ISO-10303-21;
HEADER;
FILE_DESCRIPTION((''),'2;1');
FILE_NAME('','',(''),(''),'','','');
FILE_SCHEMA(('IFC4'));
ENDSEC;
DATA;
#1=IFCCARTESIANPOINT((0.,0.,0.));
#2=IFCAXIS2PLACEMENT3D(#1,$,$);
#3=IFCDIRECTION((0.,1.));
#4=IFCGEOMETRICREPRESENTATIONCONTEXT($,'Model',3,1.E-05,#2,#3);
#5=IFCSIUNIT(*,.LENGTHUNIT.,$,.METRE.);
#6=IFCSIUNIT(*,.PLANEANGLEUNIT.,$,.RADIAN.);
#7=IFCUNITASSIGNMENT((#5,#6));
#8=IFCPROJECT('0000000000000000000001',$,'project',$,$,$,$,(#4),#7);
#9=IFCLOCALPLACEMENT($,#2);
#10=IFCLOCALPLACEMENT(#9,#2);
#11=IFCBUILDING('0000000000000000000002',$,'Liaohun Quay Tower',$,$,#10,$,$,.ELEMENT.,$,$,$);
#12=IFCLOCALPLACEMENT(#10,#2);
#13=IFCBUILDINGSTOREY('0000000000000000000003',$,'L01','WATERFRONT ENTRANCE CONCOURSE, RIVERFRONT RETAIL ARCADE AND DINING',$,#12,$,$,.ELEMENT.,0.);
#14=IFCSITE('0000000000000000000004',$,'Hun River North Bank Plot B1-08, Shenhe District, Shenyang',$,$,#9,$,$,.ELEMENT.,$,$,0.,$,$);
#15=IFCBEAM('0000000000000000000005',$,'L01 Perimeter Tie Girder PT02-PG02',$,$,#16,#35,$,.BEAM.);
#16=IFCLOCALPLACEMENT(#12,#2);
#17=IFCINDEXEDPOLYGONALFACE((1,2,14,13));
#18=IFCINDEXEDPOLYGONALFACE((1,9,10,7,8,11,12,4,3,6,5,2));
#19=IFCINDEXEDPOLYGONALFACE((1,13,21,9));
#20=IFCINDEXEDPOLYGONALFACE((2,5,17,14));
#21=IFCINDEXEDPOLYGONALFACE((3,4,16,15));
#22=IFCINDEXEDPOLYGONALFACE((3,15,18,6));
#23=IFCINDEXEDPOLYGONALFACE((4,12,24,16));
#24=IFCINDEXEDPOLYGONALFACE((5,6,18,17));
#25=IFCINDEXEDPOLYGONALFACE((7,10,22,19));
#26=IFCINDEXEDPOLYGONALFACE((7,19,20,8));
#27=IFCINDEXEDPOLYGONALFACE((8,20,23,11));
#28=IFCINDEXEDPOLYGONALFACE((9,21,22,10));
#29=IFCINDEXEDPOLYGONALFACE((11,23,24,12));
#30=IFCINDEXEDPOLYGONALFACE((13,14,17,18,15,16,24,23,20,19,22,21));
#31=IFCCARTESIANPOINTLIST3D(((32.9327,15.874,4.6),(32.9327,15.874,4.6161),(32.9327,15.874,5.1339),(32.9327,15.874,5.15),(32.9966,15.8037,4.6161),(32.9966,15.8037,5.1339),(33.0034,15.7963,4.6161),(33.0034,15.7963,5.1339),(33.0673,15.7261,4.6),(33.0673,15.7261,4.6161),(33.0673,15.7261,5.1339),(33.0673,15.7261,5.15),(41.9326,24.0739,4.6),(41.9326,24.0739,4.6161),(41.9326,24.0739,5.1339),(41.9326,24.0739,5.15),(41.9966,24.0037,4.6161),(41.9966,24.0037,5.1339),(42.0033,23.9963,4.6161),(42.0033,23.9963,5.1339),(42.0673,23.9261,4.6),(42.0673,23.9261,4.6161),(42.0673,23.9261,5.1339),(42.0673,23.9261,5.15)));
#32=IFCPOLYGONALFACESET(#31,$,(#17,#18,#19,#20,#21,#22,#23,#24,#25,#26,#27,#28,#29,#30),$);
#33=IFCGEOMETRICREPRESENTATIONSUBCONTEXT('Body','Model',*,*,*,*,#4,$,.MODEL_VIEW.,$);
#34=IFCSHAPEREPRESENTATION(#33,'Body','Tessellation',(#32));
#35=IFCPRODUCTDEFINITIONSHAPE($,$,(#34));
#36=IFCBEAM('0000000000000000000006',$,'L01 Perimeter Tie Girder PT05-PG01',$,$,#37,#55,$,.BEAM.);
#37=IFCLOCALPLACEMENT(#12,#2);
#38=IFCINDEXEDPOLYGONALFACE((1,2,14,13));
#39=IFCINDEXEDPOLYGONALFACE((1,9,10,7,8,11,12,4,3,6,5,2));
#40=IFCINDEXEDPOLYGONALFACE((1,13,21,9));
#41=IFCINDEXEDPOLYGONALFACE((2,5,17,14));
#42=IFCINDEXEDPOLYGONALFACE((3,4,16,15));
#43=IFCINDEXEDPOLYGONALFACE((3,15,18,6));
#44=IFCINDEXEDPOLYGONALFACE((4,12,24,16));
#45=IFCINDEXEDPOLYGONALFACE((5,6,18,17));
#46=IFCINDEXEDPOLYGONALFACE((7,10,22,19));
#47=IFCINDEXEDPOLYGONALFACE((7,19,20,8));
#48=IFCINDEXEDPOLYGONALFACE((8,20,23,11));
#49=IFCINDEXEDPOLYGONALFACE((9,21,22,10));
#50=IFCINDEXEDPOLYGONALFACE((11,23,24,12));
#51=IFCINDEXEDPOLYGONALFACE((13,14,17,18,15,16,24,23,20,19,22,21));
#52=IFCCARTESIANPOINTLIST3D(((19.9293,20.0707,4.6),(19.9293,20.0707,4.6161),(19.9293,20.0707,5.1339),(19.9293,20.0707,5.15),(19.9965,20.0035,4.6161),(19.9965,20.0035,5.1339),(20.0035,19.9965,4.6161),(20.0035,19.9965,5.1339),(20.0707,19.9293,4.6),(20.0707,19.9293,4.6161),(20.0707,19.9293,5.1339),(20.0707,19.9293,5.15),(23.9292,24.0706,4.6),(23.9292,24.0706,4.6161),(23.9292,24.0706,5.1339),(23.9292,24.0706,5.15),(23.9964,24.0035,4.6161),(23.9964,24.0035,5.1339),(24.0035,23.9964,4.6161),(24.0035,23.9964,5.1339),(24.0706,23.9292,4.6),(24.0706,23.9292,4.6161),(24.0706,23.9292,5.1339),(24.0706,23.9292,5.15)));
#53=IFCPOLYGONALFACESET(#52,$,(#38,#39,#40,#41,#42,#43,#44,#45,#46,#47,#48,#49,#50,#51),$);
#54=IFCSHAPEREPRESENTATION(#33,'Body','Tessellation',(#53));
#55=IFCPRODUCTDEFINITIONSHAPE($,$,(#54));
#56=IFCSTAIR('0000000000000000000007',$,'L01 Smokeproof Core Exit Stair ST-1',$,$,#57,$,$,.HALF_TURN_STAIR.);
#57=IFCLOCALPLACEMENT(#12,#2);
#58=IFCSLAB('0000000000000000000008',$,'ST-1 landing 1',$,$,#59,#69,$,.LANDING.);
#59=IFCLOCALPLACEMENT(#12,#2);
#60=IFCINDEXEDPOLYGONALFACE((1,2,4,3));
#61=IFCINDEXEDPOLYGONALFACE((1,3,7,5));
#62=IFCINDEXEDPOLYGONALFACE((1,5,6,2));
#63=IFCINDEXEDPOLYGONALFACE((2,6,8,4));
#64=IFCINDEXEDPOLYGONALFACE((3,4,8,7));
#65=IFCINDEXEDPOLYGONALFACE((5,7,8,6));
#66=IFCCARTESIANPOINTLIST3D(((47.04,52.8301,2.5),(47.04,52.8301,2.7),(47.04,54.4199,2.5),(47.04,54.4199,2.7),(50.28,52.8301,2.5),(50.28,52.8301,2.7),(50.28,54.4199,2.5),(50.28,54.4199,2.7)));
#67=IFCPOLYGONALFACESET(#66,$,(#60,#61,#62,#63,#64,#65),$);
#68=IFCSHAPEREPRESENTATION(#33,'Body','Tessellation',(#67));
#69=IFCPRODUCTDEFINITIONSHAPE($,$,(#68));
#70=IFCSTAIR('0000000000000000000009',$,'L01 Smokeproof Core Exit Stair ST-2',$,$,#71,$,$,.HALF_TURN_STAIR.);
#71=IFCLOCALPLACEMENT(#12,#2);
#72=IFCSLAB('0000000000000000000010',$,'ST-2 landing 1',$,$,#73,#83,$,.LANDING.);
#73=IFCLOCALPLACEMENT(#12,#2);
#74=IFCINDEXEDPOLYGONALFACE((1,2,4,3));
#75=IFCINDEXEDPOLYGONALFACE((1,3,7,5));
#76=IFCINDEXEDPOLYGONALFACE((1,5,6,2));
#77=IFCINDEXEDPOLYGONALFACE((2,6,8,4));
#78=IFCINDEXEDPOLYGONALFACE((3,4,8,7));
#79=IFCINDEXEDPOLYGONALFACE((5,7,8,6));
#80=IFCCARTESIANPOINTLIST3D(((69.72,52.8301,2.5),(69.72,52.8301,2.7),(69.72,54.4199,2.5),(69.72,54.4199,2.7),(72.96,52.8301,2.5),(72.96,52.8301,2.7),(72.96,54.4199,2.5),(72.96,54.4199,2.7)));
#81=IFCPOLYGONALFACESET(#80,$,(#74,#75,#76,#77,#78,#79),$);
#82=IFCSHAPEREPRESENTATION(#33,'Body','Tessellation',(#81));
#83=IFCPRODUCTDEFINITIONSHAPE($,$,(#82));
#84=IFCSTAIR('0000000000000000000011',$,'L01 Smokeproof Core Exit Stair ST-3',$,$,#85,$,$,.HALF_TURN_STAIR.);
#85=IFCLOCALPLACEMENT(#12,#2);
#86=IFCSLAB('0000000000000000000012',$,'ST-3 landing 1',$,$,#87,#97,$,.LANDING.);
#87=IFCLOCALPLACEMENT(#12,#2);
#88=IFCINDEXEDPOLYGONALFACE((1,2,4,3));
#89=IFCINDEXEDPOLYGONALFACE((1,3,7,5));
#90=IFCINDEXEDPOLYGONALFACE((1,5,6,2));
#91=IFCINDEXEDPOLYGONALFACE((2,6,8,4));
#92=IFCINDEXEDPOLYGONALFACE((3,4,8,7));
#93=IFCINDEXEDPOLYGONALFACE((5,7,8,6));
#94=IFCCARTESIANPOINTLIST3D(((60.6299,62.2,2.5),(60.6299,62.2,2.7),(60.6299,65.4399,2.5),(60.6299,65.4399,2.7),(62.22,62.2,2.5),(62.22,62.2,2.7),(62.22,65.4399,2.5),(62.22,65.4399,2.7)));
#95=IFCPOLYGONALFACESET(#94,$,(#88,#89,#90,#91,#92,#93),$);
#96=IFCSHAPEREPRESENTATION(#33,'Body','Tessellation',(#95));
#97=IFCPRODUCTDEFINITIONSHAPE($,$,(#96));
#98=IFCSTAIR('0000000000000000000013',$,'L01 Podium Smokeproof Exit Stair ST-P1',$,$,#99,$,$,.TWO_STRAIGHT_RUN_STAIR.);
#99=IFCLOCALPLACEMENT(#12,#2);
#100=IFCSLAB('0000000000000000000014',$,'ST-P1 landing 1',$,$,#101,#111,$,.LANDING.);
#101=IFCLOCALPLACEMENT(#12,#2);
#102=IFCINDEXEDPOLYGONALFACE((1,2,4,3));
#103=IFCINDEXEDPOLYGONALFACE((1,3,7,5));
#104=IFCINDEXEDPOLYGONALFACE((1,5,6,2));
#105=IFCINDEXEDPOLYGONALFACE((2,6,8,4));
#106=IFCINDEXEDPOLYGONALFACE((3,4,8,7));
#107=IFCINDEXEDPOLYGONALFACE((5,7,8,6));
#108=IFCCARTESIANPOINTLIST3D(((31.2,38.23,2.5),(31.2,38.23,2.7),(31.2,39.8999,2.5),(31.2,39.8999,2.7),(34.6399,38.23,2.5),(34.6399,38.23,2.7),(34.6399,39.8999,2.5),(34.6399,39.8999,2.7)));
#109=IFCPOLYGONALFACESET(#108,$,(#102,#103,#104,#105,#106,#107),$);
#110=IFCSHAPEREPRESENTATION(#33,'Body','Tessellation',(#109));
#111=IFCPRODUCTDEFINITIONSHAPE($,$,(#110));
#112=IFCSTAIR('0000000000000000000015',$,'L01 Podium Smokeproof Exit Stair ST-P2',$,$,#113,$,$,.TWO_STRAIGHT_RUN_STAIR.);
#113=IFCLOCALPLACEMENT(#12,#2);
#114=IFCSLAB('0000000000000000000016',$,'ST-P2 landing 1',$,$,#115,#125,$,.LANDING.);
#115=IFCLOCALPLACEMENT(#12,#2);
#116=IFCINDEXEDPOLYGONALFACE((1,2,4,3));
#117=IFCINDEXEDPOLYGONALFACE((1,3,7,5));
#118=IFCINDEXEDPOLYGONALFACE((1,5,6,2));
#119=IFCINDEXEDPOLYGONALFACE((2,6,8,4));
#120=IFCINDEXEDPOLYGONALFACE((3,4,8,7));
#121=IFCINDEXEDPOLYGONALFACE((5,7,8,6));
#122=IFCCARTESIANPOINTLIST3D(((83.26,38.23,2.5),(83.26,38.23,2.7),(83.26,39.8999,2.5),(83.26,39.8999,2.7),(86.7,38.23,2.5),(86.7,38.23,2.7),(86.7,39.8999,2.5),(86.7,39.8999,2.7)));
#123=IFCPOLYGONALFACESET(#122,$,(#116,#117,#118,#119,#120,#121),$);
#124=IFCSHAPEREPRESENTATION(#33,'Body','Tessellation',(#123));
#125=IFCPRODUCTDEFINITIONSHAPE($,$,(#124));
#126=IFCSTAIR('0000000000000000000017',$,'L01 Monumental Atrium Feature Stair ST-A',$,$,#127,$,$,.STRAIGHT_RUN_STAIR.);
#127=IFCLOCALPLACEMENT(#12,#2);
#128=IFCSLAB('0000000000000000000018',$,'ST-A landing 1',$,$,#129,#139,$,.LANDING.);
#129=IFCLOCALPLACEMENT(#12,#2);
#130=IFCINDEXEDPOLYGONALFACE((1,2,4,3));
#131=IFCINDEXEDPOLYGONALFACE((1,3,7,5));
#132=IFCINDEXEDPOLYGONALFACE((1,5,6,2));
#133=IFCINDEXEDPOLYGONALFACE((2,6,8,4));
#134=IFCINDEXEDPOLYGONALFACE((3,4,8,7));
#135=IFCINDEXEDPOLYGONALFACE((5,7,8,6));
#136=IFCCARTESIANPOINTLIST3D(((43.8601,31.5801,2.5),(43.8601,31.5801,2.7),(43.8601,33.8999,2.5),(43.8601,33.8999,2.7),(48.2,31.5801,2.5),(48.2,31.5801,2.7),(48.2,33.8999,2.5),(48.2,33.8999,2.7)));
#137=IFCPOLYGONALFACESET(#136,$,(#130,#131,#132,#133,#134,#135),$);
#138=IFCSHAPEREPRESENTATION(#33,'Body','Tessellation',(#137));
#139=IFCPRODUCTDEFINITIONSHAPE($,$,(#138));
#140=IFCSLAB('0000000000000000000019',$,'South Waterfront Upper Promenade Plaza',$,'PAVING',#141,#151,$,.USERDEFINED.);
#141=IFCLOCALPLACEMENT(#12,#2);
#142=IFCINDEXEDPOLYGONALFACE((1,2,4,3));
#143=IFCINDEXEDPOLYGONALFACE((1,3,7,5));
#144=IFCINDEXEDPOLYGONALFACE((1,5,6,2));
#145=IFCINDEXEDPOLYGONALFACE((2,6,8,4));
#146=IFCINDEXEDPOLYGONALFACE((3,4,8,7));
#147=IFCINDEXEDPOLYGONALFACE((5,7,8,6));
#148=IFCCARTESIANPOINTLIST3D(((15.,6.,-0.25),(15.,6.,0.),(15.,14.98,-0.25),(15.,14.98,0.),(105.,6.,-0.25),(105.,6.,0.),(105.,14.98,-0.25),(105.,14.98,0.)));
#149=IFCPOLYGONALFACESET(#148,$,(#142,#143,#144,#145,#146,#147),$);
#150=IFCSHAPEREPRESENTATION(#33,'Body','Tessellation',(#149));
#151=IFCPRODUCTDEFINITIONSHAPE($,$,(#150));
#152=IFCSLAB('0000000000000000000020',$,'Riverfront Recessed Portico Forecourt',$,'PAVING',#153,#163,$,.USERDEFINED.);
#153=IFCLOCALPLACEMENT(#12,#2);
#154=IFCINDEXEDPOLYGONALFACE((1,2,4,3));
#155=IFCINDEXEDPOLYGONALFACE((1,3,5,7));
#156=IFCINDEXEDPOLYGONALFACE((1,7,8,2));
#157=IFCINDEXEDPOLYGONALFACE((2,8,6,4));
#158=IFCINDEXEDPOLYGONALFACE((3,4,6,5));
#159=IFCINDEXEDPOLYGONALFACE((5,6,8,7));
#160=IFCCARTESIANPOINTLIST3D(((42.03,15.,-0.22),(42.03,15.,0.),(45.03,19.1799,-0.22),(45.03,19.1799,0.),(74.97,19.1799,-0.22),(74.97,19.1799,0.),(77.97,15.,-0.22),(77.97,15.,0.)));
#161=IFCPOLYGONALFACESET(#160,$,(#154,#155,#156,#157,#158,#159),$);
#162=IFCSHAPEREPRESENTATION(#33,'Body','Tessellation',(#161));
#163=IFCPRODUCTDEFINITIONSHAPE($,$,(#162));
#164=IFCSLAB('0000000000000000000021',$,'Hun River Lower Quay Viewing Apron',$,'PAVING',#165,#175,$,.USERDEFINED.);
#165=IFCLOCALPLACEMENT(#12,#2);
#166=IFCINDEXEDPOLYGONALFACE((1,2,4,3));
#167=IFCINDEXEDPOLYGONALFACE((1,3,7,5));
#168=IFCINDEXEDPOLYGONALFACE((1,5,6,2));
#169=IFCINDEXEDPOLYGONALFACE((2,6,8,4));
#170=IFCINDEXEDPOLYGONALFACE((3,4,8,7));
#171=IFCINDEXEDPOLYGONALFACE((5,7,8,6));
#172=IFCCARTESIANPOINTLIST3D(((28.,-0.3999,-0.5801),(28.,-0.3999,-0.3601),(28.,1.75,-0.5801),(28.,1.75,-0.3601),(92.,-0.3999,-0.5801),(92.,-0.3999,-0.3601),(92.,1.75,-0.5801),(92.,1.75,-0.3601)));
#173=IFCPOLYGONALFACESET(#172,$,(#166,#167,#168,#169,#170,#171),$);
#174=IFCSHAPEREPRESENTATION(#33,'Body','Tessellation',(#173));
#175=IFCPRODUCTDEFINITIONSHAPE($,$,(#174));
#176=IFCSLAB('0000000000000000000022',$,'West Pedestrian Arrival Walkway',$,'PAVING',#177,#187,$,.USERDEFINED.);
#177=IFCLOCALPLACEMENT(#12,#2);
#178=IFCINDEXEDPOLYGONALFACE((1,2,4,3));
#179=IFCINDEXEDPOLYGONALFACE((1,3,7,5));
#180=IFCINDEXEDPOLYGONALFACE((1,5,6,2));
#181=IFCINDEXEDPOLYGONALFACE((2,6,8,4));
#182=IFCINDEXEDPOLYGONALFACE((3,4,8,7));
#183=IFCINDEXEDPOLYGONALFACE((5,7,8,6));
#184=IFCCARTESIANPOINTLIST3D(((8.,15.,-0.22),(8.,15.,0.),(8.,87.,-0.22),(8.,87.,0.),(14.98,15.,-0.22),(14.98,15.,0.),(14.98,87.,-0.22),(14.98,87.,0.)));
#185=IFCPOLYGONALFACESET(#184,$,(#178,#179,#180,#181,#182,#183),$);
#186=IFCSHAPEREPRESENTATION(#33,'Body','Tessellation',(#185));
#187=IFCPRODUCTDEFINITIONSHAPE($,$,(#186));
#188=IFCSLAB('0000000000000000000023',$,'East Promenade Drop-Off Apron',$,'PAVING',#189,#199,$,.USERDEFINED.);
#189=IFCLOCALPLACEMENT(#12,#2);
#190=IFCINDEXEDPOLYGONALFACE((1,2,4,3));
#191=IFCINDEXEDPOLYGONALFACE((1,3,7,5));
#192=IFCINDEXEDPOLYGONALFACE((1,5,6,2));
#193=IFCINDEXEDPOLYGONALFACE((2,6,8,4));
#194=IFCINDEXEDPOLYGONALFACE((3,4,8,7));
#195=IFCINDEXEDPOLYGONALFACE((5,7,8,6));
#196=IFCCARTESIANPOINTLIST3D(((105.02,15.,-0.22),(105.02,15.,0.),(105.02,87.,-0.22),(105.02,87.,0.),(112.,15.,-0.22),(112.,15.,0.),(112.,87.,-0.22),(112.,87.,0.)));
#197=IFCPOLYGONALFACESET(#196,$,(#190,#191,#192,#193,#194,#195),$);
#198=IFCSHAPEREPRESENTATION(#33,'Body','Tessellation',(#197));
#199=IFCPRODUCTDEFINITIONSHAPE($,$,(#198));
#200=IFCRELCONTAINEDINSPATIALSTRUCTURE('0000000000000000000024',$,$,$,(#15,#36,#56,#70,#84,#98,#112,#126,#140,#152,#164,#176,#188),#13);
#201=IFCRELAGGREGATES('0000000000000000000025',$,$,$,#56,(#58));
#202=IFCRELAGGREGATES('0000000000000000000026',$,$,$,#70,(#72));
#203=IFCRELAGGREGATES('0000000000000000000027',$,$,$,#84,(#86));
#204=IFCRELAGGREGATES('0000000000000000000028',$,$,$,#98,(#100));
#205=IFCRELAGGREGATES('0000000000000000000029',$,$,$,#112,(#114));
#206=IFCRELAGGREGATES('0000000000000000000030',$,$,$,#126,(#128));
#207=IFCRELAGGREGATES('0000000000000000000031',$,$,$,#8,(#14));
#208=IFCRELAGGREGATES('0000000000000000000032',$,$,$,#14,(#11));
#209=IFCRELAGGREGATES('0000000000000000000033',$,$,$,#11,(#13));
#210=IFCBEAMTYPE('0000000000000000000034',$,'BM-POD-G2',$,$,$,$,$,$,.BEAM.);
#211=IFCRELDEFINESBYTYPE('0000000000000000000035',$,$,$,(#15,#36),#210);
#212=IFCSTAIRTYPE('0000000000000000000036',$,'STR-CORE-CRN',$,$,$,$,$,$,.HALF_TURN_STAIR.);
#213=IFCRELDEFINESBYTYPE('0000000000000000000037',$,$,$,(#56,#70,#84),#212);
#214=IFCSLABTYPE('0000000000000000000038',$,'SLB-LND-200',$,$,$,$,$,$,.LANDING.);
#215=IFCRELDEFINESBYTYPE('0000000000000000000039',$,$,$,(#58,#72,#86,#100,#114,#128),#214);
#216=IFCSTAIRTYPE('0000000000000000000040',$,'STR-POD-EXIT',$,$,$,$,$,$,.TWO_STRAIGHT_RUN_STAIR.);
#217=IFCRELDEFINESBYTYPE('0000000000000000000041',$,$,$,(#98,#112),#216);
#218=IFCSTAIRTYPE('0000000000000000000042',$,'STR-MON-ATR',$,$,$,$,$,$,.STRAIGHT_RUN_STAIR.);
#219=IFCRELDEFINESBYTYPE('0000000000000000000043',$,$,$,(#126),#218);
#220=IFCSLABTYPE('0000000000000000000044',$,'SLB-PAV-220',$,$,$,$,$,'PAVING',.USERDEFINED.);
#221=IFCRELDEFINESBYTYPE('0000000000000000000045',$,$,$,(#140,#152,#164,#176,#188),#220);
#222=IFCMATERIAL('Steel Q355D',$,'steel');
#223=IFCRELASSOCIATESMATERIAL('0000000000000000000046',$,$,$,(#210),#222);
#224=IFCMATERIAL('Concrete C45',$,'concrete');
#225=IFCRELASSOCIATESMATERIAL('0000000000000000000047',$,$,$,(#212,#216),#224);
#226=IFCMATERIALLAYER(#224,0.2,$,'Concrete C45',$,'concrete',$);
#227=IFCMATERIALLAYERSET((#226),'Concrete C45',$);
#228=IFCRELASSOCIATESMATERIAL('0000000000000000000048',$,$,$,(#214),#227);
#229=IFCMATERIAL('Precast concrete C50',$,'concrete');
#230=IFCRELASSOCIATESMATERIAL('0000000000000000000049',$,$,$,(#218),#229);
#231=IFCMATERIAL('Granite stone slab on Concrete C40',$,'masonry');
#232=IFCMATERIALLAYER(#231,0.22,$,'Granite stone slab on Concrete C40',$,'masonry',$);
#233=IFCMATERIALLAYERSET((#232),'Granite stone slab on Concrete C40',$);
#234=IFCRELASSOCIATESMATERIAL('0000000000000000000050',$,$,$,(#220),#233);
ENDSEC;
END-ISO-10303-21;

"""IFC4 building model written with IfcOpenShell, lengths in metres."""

from ifc_helpers import new_model, si_unit, direction, frame, origin, origin_2d, place, context, subcontext, project, spatial, polyline, i_section, outline, extrude, source, transform, mapped, material, layer, layer_set, material_profile, profile_set, type_object, element, aggregate, save


model = new_model("IFC4")

# Units and contexts
model_context = context("Model", 3, precision=1e-05, world=origin(), true_north=direction((0.0, 1.0)))
body_context = subcontext(model_context, "Body", "Model", "MODEL_VIEW")
ifc_project = project(units=[si_unit("LENGTHUNIT", "METRE"), si_unit("PLANEANGLEUNIT", "RADIAN")], contexts=[model_context])

# Site, building, storey
site_placement = place(None, origin())
site = spatial("IfcSite", under=ifc_project, at=site_placement, Name="Hun River North Bank Plot B1-08, Shenhe District, Shenyang", CompositionType="ELEMENT", RefElevation=0.0)
building_placement = place(site_placement, origin())
building = spatial("IfcBuilding", under=site, at=building_placement, Name="Liaohun Quay Tower", CompositionType="ELEMENT")
storey_placement = place(building_placement, origin())
storey = spatial("IfcBuildingStorey", under=building, at=storey_placement, Name="L01", Description="WATERFRONT ENTRANCE CONCOURSE, RIVERFRONT RETAIL ARCADE AND DINING", CompositionType="ELEMENT", Elevation=0.0)

# Beams
ifc_material_1 = material(Name="Steel Q355D", Category="steel")
ifc_material_profile_1 = material_profile(ifc_material_1, i_section(OverallWidth=0.2, OverallDepth=0.55, WebThickness=0.01, FlangeThickness=0.0161, at=origin_2d()), Name="HN550x200x10x16")
ifc_profile_set_1 = profile_set([ifc_material_profile_1], Name="Steel Q355D")
beam_type_1 = type_object("IfcBeamType", Name="BM-POD-G2", PredefinedType="BEAM", material=ifc_profile_set_1)
shared_shape_1 = source(origin(), body_context, "Body", "SweptSolid", [
    extrude(i_section(OverallWidth=0.2, OverallDepth=0.55, WebThickness=0.01, FlangeThickness=0.0161, at=origin_2d()), origin(), (0.0, 0.0, 1.0), 12.1753),
])
beam_1_placement = place(storey_placement, frame((33.0, 15.8, 4.875), z_axis=(0.739198, 0.673488, 0.0), x_axis=(-0.673488, 0.739198, 0.0)))
element("IfcBeam", 1, at=beam_1_placement, inside=storey, type_object=beam_type_1, Name="L01 Perimeter Tie Girder PT02-PG02", PredefinedType="BEAM", context=body_context, shape_type="MappedRepresentation", body=[
    mapped(shared_shape_1, transform((0.0, 0.0, 0.0), x_axis=(1.0, 0.0, 0.0), y_axis=(0.0, 1.0, 0.0), z_axis=(0.0, 0.0, 1.0), scale=1.0)),
])
shared_shape_2 = source(origin(), body_context, "Body", "SweptSolid", [
    extrude(i_section(OverallWidth=0.2, OverallDepth=0.55, WebThickness=0.01, FlangeThickness=0.0161, at=origin_2d()), origin(), (0.0, 0.0, 1.0), 5.6567),
])
beam_2_placement = place(storey_placement, frame((20.0, 20.0, 4.875), z_axis=(0.707107, 0.707107, 0.0), x_axis=(-0.707107, 0.707107, 0.0)))
element("IfcBeam", 2, at=beam_2_placement, inside=storey, type_object=beam_type_1, Name="L01 Perimeter Tie Girder PT05-PG01", PredefinedType="BEAM", context=body_context, shape_type="MappedRepresentation", body=[
    mapped(shared_shape_2, transform((0.0, 0.0, 0.0), x_axis=(1.0, 0.0, 0.0), y_axis=(0.0, 1.0, 0.0), z_axis=(0.0, 0.0, 1.0), scale=1.0)),
])

# Stairs, slabs
ifc_material_2 = material(Name="Concrete C45", Category="concrete")
stair_type_1 = type_object("IfcStairType", Name="STR-CORE-CRN", PredefinedType="HALF_TURN_STAIR", material=ifc_material_2)
stair_1_placement = place(storey_placement, origin())
stair_1 = element("IfcStair", 3, at=stair_1_placement, inside=storey, type_object=stair_type_1, Name="L01 Smokeproof Core Exit Stair ST-1", PredefinedType="HALF_TURN_STAIR")
ifc_layer_1 = layer(ifc_material_2, 0.2, Name="Concrete C45", Category="concrete")
ifc_layer_set_1 = layer_set([ifc_layer_1], Name="Concrete C45")
slab_type_1 = type_object("IfcSlabType", Name="SLB-LND-200", PredefinedType="LANDING", material=ifc_layer_set_1)
slab_1_placement = place(storey_placement, frame((0.0, 0.0, 2.5)))
slab_1 = element("IfcSlab", 4, at=slab_1_placement, type_object=slab_type_1, Name="ST-1 landing 1", PredefinedType="LANDING", context=body_context, shape_type="SweptSolid", body=[
    extrude(outline(polyline([(50.28, 52.8301), (50.28, 54.4199), (47.04, 54.4199), (47.04, 52.8301), (50.28, 52.8301)])), origin(), (0.0, 0.0, 1.0), 0.2),
])
aggregate(stair_1, [slab_1])
stair_2_placement = place(storey_placement, origin())
stair_2 = element("IfcStair", 5, at=stair_2_placement, inside=storey, type_object=stair_type_1, Name="L01 Smokeproof Core Exit Stair ST-2", PredefinedType="HALF_TURN_STAIR")
slab_2_placement = place(storey_placement, frame((0.0, 0.0, 2.5)))
slab_2 = element("IfcSlab", 6, at=slab_2_placement, type_object=slab_type_1, Name="ST-2 landing 1", PredefinedType="LANDING", context=body_context, shape_type="SweptSolid", body=[
    extrude(outline(polyline([(72.96, 52.8301), (72.96, 54.4199), (69.72, 54.4199), (69.72, 52.8301), (72.96, 52.8301)])), origin(), (0.0, 0.0, 1.0), 0.2),
])
aggregate(stair_2, [slab_2])
stair_3_placement = place(storey_placement, origin())
stair_3 = element("IfcStair", 7, at=stair_3_placement, inside=storey, type_object=stair_type_1, Name="L01 Smokeproof Core Exit Stair ST-3", PredefinedType="HALF_TURN_STAIR")
slab_3_placement = place(storey_placement, frame((0.0, 0.0, 2.5)))
slab_3 = element("IfcSlab", 8, at=slab_3_placement, type_object=slab_type_1, Name="ST-3 landing 1", PredefinedType="LANDING", context=body_context, shape_type="SweptSolid", body=[
    extrude(outline(polyline([(60.6299, 62.2), (62.22, 62.2), (62.22, 65.4399), (60.6299, 65.4399), (60.6299, 62.2)])), origin(), (0.0, 0.0, 1.0), 0.2),
])
aggregate(stair_3, [slab_3])
stair_type_2 = type_object("IfcStairType", Name="STR-POD-EXIT", PredefinedType="TWO_STRAIGHT_RUN_STAIR", material=ifc_material_2)
stair_4_placement = place(storey_placement, origin())
stair_4 = element("IfcStair", 9, at=stair_4_placement, inside=storey, type_object=stair_type_2, Name="L01 Podium Smokeproof Exit Stair ST-P1", PredefinedType="TWO_STRAIGHT_RUN_STAIR")
slab_4_placement = place(storey_placement, frame((0.0, 0.0, 2.5)))
slab_4 = element("IfcSlab", 10, at=slab_4_placement, type_object=slab_type_1, Name="ST-P1 landing 1", PredefinedType="LANDING", context=body_context, shape_type="SweptSolid", body=[
    extrude(outline(polyline([(34.6399, 38.23), (34.6399, 39.8999), (31.2, 39.8999), (31.2, 38.23), (34.6399, 38.23)])), origin(), (0.0, 0.0, 1.0), 0.2),
])
aggregate(stair_4, [slab_4])
stair_5_placement = place(storey_placement, origin())
stair_5 = element("IfcStair", 11, at=stair_5_placement, inside=storey, type_object=stair_type_2, Name="L01 Podium Smokeproof Exit Stair ST-P2", PredefinedType="TWO_STRAIGHT_RUN_STAIR")
slab_5_placement = place(storey_placement, frame((0.0, 0.0, 2.5)))
slab_5 = element("IfcSlab", 12, at=slab_5_placement, type_object=slab_type_1, Name="ST-P2 landing 1", PredefinedType="LANDING", context=body_context, shape_type="SweptSolid", body=[
    extrude(outline(polyline([(86.7, 38.23), (86.7, 39.8999), (83.26, 39.8999), (83.26, 38.23), (86.7, 38.23)])), origin(), (0.0, 0.0, 1.0), 0.2),
])
aggregate(stair_5, [slab_5])
ifc_material_3 = material(Name="Precast concrete C50", Category="concrete")
stair_type_3 = type_object("IfcStairType", Name="STR-MON-ATR", PredefinedType="STRAIGHT_RUN_STAIR", material=ifc_material_3)
stair_6_placement = place(storey_placement, origin())
stair_6 = element("IfcStair", 13, at=stair_6_placement, inside=storey, type_object=stair_type_3, Name="L01 Monumental Atrium Feature Stair ST-A", PredefinedType="STRAIGHT_RUN_STAIR")
slab_6_placement = place(storey_placement, frame((0.0, 0.0, 2.5)))
slab_6 = element("IfcSlab", 14, at=slab_6_placement, type_object=slab_type_1, Name="ST-A landing 1", PredefinedType="LANDING", context=body_context, shape_type="SweptSolid", body=[
    extrude(outline(polyline([(48.2, 31.5801), (48.2, 33.8999), (43.8601, 33.8999), (43.8601, 31.5801), (48.2, 31.5801)])), origin(), (0.0, 0.0, 1.0), 0.2),
])
aggregate(stair_6, [slab_6])

# Slabs
ifc_material_4 = material(Name="Granite stone slab on Concrete C40", Category="masonry")
ifc_layer_2 = layer(ifc_material_4, 0.22, Name="Granite stone slab on Concrete C40", Category="masonry")
ifc_layer_set_2 = layer_set([ifc_layer_2], Name="Granite stone slab on Concrete C40")
slab_type_2 = type_object("IfcSlabType", Name="SLB-PAV-220", ElementType="PAVING", PredefinedType="USERDEFINED", material=ifc_layer_set_2)
slab_7_placement = place(storey_placement, frame((0.0, 0.0, -0.25)))
element("IfcSlab", 15, at=slab_7_placement, inside=storey, type_object=slab_type_2, Name="South Waterfront Upper Promenade Plaza", ObjectType="PAVING", PredefinedType="USERDEFINED", context=body_context, shape_type="SweptSolid", body=[
    extrude(outline(polyline([(15.0, 6.0), (105.0, 6.0), (105.0, 14.98), (15.0, 14.98), (15.0, 6.0)])), origin(), (0.0, 0.0, 1.0), 0.25),
])
slab_8_placement = place(storey_placement, frame((0.0, 0.0, -0.22)))
element("IfcSlab", 16, at=slab_8_placement, inside=storey, type_object=slab_type_2, Name="Riverfront Recessed Portico Forecourt", ObjectType="PAVING", PredefinedType="USERDEFINED", context=body_context, shape_type="SweptSolid", body=[
    extrude(outline(polyline([(42.03, 15.0), (77.97, 15.0), (74.97, 19.1799), (45.03, 19.1799), (42.03, 15.0)])), origin(), (0.0, 0.0, 1.0), 0.22),
])
slab_9_placement = place(storey_placement, frame((0.0, 0.0, -0.5801)))
element("IfcSlab", 17, at=slab_9_placement, inside=storey, type_object=slab_type_2, Name="Hun River Lower Quay Viewing Apron", ObjectType="PAVING", PredefinedType="USERDEFINED", context=body_context, shape_type="SweptSolid", body=[
    extrude(outline(polyline([(28.0, -0.3999), (92.0, -0.3999), (92.0, 1.75), (28.0, 1.75), (28.0, -0.3999)])), origin(), (0.0, 0.0, 1.0), 0.22),
])
slab_10_placement = place(storey_placement, frame((0.0, 0.0, -0.22)))
element("IfcSlab", 18, at=slab_10_placement, inside=storey, type_object=slab_type_2, Name="West Pedestrian Arrival Walkway", ObjectType="PAVING", PredefinedType="USERDEFINED", context=body_context, shape_type="SweptSolid", body=[
    extrude(outline(polyline([(8.0, 15.0), (14.98, 15.0), (14.98, 87.0), (8.0, 87.0), (8.0, 15.0)])), origin(), (0.0, 0.0, 1.0), 0.22),
])
slab_11_placement = place(storey_placement, frame((0.0, 0.0, -0.22)))
element("IfcSlab", 19, at=slab_11_placement, inside=storey, type_object=slab_type_2, Name="East Promenade Drop-Off Apron", ObjectType="PAVING", PredefinedType="USERDEFINED", context=body_context, shape_type="SweptSolid", body=[
    extrude(outline(polyline([(105.02, 15.0), (112.0, 15.0), (112.0, 87.0), (105.02, 87.0), (105.02, 15.0)])), origin(), (0.0, 0.0, 1.0), 0.22),
])

save(model, "model.ifc")
